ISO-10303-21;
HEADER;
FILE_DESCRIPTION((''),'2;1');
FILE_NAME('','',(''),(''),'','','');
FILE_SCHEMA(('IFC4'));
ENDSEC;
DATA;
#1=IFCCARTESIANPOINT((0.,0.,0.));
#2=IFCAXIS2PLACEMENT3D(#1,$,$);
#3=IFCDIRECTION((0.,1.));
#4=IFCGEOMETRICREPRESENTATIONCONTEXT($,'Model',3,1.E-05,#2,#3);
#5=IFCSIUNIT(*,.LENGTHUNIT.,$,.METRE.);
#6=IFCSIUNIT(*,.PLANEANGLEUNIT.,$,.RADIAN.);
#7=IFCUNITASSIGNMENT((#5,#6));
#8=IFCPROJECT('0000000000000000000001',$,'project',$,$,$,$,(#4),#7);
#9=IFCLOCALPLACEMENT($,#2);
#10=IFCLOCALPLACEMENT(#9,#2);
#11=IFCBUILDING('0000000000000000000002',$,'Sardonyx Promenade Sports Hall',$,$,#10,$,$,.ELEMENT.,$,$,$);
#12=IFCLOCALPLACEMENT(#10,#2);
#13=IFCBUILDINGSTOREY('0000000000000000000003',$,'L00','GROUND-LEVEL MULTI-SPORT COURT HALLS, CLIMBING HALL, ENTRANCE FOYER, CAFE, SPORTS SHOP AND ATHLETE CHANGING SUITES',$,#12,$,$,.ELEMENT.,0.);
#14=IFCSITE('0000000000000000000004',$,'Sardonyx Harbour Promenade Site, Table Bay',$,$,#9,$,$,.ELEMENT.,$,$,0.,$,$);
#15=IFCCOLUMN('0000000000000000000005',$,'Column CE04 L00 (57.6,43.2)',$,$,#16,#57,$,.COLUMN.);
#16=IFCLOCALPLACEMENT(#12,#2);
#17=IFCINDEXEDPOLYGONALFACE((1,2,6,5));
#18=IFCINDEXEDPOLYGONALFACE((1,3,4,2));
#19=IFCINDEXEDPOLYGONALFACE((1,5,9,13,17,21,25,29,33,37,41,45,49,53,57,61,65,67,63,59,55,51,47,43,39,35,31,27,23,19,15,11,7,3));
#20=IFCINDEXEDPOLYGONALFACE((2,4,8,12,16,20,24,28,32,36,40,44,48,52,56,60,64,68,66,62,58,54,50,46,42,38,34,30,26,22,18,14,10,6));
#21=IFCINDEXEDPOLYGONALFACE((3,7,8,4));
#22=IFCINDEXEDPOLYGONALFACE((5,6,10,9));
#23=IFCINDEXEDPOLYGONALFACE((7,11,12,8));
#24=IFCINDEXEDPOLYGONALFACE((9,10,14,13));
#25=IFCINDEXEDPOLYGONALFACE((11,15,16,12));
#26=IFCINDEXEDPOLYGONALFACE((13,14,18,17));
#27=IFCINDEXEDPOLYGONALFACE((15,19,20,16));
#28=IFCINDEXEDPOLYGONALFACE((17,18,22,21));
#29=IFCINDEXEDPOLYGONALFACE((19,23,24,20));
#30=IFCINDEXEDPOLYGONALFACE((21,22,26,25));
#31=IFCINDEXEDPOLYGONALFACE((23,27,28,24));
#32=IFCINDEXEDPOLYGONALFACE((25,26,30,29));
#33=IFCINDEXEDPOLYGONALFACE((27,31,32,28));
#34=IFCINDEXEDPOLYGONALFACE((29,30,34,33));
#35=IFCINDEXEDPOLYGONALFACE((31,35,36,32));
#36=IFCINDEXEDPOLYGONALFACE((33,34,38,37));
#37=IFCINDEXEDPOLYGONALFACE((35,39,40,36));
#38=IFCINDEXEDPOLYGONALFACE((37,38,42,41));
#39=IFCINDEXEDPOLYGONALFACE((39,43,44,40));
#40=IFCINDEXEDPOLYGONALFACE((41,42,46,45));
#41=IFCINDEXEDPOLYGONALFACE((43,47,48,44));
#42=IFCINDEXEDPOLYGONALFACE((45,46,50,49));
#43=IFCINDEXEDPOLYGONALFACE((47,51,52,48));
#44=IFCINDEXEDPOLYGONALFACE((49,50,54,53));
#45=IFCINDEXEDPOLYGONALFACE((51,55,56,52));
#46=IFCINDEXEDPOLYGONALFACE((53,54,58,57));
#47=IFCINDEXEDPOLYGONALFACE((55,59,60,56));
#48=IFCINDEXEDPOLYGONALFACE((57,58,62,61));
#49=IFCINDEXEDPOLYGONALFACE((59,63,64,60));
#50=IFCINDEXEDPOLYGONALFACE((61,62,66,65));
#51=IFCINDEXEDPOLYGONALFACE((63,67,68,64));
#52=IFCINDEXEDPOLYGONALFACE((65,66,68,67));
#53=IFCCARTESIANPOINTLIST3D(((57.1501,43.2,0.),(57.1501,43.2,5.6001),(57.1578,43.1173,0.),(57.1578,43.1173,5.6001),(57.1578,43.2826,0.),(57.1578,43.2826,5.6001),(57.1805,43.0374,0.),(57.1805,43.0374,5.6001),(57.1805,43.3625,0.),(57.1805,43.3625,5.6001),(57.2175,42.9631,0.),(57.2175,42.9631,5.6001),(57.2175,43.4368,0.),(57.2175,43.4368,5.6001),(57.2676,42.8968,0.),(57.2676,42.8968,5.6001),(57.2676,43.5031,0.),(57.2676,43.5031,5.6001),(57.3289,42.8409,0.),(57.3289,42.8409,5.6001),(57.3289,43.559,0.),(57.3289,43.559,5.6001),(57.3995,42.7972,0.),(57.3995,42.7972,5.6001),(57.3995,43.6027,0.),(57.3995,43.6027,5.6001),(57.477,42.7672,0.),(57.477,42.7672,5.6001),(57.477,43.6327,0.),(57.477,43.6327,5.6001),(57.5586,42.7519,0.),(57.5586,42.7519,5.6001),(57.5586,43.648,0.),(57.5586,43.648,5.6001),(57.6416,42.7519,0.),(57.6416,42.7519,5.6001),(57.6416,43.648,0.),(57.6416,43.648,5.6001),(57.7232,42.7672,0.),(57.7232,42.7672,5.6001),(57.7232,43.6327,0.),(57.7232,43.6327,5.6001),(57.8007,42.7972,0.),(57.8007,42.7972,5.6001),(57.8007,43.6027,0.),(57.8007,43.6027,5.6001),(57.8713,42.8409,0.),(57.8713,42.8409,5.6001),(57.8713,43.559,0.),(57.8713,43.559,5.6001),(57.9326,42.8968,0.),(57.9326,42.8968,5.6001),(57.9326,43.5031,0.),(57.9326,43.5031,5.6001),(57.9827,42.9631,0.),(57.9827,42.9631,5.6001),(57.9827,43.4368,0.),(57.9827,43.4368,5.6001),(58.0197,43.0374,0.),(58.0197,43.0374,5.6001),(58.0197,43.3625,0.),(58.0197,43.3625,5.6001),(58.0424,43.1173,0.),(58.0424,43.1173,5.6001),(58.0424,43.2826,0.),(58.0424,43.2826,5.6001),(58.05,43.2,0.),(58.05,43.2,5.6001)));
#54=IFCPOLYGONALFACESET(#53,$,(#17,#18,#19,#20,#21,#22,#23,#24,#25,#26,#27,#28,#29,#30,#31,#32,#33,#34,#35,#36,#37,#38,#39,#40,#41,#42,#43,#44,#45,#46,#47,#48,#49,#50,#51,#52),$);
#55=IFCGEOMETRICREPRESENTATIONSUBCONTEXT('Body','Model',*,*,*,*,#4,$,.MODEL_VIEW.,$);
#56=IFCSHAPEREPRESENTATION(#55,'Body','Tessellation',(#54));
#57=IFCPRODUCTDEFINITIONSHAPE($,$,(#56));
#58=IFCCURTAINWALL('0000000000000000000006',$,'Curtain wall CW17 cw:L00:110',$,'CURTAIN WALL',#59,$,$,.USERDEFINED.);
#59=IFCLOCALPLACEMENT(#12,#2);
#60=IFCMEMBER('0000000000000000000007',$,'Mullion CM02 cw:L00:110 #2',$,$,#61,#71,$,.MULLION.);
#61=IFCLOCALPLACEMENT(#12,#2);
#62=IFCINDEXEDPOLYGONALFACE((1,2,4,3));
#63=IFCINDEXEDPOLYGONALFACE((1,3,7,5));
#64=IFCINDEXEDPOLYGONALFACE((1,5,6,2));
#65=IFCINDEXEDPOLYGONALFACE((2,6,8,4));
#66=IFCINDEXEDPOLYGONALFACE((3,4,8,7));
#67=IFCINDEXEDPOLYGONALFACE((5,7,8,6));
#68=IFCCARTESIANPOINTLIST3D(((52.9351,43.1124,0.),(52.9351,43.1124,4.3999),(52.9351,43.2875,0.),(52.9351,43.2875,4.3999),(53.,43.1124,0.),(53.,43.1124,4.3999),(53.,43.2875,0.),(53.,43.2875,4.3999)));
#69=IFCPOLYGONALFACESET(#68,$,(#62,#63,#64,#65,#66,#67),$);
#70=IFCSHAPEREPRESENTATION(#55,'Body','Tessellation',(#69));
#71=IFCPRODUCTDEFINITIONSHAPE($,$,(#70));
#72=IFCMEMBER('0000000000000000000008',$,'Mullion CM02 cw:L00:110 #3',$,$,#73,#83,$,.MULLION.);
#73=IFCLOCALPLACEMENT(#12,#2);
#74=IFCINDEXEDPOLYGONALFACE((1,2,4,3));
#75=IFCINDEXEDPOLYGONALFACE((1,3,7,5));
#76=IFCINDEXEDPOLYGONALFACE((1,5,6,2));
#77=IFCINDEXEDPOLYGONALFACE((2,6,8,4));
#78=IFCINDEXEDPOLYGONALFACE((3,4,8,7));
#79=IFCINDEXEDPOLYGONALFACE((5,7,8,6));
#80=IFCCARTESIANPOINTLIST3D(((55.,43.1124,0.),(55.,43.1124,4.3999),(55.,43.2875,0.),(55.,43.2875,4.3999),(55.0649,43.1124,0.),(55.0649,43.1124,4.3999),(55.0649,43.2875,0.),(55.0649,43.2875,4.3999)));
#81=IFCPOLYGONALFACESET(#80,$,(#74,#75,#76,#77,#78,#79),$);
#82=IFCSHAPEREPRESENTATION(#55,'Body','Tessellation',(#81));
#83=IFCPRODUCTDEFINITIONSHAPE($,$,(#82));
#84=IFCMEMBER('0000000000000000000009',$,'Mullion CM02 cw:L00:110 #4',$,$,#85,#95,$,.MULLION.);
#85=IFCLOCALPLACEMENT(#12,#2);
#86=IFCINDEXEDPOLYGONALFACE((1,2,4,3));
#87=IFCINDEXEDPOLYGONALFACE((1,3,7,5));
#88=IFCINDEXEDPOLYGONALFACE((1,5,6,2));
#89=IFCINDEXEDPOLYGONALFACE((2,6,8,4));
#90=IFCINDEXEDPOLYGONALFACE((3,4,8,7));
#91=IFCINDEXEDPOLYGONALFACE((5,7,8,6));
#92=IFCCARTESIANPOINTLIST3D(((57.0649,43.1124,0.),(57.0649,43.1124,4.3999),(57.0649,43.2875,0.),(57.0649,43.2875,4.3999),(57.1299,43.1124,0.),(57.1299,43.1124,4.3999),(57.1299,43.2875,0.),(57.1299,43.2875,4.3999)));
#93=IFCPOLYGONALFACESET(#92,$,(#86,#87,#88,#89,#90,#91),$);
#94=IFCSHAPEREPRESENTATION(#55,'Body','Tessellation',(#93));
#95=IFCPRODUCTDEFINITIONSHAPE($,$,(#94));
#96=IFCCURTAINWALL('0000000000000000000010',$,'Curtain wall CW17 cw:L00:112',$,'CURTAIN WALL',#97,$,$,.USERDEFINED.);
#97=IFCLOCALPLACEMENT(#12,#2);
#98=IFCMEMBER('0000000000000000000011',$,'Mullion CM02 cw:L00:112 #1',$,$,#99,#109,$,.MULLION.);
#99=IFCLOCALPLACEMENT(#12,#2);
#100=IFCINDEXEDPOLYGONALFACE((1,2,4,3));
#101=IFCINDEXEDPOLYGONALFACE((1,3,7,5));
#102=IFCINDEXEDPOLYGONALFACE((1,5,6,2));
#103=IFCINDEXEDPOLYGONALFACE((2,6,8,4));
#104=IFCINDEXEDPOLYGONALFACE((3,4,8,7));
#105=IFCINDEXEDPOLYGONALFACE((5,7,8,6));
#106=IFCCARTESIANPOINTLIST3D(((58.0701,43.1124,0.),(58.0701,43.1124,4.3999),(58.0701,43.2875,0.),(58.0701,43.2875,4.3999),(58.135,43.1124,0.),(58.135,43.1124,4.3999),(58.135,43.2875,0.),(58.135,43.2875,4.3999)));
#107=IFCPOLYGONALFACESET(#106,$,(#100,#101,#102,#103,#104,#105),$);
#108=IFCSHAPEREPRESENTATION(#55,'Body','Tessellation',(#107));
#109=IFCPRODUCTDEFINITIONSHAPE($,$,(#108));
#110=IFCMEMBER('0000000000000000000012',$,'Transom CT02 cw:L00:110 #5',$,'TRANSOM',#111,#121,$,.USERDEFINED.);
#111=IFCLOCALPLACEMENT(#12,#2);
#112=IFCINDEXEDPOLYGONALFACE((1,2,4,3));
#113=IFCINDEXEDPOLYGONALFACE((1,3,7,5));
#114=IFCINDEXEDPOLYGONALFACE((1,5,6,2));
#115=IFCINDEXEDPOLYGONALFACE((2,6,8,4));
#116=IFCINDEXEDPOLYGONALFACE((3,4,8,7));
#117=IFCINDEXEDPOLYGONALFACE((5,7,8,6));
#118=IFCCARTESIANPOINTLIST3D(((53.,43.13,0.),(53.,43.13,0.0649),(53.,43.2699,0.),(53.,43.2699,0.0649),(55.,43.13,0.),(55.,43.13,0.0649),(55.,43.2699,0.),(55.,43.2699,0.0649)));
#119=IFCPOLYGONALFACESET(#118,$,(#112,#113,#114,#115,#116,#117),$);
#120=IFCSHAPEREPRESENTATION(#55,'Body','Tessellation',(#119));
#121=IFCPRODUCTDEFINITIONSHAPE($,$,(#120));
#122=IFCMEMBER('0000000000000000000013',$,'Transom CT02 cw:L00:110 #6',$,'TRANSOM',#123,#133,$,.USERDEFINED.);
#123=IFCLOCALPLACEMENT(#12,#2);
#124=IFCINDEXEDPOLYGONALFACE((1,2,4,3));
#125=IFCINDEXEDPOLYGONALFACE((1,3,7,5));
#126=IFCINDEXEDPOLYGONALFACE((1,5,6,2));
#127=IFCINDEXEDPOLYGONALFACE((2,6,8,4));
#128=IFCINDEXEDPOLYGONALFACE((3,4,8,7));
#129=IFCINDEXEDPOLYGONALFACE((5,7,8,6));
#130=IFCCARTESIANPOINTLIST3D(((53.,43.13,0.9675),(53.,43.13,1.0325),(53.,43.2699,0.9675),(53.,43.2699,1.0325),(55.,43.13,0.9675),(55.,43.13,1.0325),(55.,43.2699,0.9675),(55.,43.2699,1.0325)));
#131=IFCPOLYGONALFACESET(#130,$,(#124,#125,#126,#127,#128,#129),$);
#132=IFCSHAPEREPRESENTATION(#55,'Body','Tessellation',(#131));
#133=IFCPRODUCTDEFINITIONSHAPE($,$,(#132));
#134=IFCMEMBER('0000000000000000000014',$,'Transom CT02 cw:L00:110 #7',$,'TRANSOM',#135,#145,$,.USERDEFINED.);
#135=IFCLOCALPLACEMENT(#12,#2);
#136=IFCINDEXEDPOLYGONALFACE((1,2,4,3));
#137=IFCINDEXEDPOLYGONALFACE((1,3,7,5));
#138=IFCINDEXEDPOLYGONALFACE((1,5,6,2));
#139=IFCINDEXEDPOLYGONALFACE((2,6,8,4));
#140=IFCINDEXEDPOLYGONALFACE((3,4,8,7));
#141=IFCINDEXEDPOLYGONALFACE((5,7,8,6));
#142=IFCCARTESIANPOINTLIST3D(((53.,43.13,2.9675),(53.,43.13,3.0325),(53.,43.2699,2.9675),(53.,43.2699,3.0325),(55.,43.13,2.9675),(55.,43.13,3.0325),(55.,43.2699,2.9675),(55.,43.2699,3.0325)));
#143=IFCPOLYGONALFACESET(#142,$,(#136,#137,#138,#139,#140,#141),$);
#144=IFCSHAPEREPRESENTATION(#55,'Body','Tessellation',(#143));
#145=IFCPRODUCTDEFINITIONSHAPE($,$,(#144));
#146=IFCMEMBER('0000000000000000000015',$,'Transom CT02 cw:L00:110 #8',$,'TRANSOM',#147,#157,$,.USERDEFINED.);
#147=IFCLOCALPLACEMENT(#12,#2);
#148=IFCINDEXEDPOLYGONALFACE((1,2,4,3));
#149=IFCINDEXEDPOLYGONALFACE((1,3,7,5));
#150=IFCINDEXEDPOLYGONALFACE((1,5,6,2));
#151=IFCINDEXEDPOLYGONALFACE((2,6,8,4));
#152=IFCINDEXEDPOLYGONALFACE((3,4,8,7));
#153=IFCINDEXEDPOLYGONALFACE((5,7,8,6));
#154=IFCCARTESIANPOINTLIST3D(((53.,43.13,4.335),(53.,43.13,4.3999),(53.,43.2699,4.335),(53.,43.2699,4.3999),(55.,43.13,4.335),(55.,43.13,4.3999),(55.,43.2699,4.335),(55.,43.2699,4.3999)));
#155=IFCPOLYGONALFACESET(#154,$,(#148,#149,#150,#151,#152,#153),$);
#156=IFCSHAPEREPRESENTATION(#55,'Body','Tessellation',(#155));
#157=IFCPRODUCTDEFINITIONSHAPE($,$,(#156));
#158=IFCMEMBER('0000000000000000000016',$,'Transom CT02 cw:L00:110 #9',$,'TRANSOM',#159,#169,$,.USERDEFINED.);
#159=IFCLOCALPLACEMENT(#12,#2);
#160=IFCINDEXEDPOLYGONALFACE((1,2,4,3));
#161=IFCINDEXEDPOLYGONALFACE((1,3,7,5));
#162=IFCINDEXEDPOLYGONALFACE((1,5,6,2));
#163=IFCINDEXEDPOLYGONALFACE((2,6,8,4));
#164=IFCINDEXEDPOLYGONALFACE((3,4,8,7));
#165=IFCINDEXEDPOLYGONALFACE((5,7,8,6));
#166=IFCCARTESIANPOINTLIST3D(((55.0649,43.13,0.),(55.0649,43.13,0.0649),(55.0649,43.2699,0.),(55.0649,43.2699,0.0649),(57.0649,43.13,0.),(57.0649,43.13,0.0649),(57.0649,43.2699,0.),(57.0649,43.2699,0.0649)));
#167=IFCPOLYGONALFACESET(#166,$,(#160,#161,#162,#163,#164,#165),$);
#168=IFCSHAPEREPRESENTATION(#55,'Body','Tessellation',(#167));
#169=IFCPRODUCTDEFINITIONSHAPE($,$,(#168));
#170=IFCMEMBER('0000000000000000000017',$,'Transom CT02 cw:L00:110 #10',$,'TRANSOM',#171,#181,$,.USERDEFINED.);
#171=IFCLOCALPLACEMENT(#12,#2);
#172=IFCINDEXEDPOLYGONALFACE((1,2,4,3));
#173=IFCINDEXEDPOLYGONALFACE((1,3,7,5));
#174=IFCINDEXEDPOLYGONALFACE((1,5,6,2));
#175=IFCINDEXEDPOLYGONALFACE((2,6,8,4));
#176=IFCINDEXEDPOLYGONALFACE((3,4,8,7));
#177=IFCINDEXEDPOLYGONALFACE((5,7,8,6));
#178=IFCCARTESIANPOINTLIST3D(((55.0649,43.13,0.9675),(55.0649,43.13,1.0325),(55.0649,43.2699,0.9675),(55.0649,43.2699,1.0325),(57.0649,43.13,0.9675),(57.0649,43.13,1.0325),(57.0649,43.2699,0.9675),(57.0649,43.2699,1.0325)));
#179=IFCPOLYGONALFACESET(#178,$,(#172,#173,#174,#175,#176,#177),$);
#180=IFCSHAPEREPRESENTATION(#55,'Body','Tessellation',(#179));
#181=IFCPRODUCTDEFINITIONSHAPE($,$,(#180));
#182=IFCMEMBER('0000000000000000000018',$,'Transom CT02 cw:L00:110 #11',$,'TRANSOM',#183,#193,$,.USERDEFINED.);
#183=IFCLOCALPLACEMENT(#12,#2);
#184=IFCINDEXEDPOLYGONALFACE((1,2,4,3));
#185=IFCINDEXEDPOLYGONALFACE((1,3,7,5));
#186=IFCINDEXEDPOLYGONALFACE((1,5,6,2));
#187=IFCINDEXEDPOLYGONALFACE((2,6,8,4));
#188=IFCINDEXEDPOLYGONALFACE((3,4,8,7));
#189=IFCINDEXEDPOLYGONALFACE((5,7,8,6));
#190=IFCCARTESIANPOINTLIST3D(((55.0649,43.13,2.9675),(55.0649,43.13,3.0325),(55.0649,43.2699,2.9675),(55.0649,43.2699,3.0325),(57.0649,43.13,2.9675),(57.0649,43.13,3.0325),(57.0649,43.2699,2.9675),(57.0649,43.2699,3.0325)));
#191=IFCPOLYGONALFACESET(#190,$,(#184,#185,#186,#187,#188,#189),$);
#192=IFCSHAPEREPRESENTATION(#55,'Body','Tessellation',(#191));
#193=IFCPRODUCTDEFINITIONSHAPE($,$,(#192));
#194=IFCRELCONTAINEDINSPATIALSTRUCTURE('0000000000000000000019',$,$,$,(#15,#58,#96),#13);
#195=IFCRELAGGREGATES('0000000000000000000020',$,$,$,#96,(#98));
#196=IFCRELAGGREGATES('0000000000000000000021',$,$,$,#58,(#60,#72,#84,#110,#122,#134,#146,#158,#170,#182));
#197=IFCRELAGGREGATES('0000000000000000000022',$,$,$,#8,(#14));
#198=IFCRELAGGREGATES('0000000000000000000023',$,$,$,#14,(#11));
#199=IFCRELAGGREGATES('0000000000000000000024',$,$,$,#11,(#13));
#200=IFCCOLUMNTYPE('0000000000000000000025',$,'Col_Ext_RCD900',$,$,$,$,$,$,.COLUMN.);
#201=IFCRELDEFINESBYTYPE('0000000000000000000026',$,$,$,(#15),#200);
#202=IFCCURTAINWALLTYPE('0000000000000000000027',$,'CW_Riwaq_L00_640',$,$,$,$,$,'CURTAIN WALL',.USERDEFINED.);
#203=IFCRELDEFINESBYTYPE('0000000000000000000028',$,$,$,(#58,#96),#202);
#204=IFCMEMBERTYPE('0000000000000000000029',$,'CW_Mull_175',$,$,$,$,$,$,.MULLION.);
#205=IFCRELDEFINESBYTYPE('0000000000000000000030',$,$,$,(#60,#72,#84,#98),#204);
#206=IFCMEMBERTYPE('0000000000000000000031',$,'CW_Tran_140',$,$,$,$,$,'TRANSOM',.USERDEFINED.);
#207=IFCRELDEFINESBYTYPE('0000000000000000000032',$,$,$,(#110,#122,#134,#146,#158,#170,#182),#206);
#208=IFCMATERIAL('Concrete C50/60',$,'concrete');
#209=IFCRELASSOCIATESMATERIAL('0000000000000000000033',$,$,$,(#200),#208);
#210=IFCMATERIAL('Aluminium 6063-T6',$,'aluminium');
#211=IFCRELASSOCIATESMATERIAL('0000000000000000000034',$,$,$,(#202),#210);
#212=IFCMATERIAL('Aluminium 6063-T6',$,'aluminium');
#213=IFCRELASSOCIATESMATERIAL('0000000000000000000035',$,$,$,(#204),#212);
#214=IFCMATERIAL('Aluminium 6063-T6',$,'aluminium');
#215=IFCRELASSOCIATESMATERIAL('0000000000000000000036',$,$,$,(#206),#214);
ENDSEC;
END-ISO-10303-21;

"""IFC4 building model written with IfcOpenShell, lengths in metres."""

from ifc_helpers import new_model, si_unit, direction, frame, origin, origin_2d, place, context, subcontext, project, spatial, rectangle, circle, extrude, material, material_profile, profile_set, type_object, element, aggregate, save


model = new_model("IFC4")

# Units and contexts
model_context = context("Model", 3, precision=1e-05, world=origin(), true_north=direction((0.0, 1.0)))
body_context = subcontext(model_context, "Body", "Model", "MODEL_VIEW")
ifc_project = project(units=[si_unit("LENGTHUNIT", "METRE"), si_unit("PLANEANGLEUNIT", "RADIAN")], contexts=[model_context])

# Site, building, storey
site_placement = place(None, origin())
site = spatial("IfcSite", under=ifc_project, at=site_placement, Name="Sardonyx Harbour Promenade Site, Table Bay", CompositionType="ELEMENT", RefElevation=0.0)
building_placement = place(site_placement, origin())
building = spatial("IfcBuilding", under=site, at=building_placement, Name="Sardonyx Promenade Sports Hall", CompositionType="ELEMENT")
storey_placement = place(building_placement, origin())
storey = spatial("IfcBuildingStorey", under=building, at=storey_placement, Name="L00", Description="GROUND-LEVEL MULTI-SPORT COURT HALLS, CLIMBING HALL, ENTRANCE FOYER, CAFE, SPORTS SHOP AND ATHLETE CHANGING SUITES", CompositionType="ELEMENT", Elevation=0.0)

# Column
ifc_material_1 = material(Name="Concrete C50/60", Category="concrete")
ifc_material_profile_1 = material_profile(ifc_material_1, circle(Radius=0.45, at=origin_2d()))
ifc_profile_set_1 = profile_set([ifc_material_profile_1], Name="Concrete C50/60")
column_type = type_object("IfcColumnType", Name="Col_Ext_RCD900", PredefinedType="COLUMN", material=ifc_profile_set_1)
column_placement = place(storey_placement, frame((57.6001, 43.2, 0.0), z_axis=(0.0, 0.0, 1.0), x_axis=(1.0, 0.0, 0.0)))
element("IfcColumn", 1, at=column_placement, inside=storey, type_object=column_type, Name="Column CE04 L00 (57.6,43.2)", PredefinedType="COLUMN", context=body_context, shape_type="SweptSolid", body=[
    extrude(circle(Radius=0.45, at=origin_2d()), origin(), (0.0, 0.0, 1.0), 5.6001),
])

# Curtain wall, members
ifc_material_2 = material(Name="Aluminium 6063-T6", Category="aluminium")
curtain_wall_type = type_object("IfcCurtainWallType", Name="CW_Riwaq_L00_640", ElementType="CURTAIN WALL", PredefinedType="USERDEFINED", material=ifc_material_2)
curtain_wall_1_placement = place(storey_placement, origin())
curtain_wall_1 = element("IfcCurtainWall", 2, at=curtain_wall_1_placement, inside=storey, type_object=curtain_wall_type, Name="Curtain wall CW17 cw:L00:110", ObjectType="CURTAIN WALL", PredefinedType="USERDEFINED")
ifc_material_3 = material(Name="Aluminium 6063-T6", Category="aluminium")
ifc_material_profile_2 = material_profile(ifc_material_3, rectangle(XDim=0.0649, YDim=0.175, at=origin_2d()))
ifc_profile_set_2 = profile_set([ifc_material_profile_2], Name="Aluminium 6063-T6")
member_type_1 = type_object("IfcMemberType", Name="CW_Mull_175", PredefinedType="MULLION", material=ifc_profile_set_2)
member_1_placement = place(storey_placement, frame((52.9675, 43.2, 0.0), z_axis=(0.0, 0.0, 1.0), x_axis=(1.0, 0.0, 0.0)))
member_1 = element("IfcMember", 3, at=member_1_placement, type_object=member_type_1, Name="Mullion CM02 cw:L00:110 #2", PredefinedType="MULLION", context=body_context, shape_type="SweptSolid", body=[
    extrude(rectangle(XDim=0.0649, YDim=0.175, at=origin_2d()), origin(), (0.0, 0.0, 1.0), 4.3999),
])
member_2_placement = place(storey_placement, frame((55.0325, 43.2, 0.0), z_axis=(0.0, 0.0, 1.0), x_axis=(1.0, 0.0, 0.0)))
member_2 = element("IfcMember", 4, at=member_2_placement, type_object=member_type_1, Name="Mullion CM02 cw:L00:110 #3", PredefinedType="MULLION", context=body_context, shape_type="SweptSolid", body=[
    extrude(rectangle(XDim=0.0649, YDim=0.175, at=origin_2d()), origin(), (0.0, 0.0, 1.0), 4.3999),
])
member_3_placement = place(storey_placement, frame((57.0974, 43.2, 0.0), z_axis=(0.0, 0.0, 1.0), x_axis=(1.0, 0.0, 0.0)))
member_3 = element("IfcMember", 5, at=member_3_placement, type_object=member_type_1, Name="Mullion CM02 cw:L00:110 #4", PredefinedType="MULLION", context=body_context, shape_type="SweptSolid", body=[
    extrude(rectangle(XDim=0.0649, YDim=0.175, at=origin_2d()), origin(), (0.0, 0.0, 1.0), 4.3999),
])

# Curtain wall, member
curtain_wall_2_placement = place(storey_placement, origin())
curtain_wall_2 = element("IfcCurtainWall", 6, at=curtain_wall_2_placement, inside=storey, type_object=curtain_wall_type, Name="Curtain wall CW17 cw:L00:112", ObjectType="CURTAIN WALL", PredefinedType="USERDEFINED")
member_4_placement = place(storey_placement, frame((58.1025, 43.2, 0.0), z_axis=(0.0, 0.0, 1.0), x_axis=(1.0, 0.0, 0.0)))
member_4 = element("IfcMember", 7, at=member_4_placement, type_object=member_type_1, Name="Mullion CM02 cw:L00:112 #1", PredefinedType="MULLION", context=body_context, shape_type="SweptSolid", body=[
    extrude(rectangle(XDim=0.0649, YDim=0.175, at=origin_2d()), origin(), (0.0, 0.0, 1.0), 4.3999),
])

# Members
ifc_material_4 = material(Name="Aluminium 6063-T6", Category="aluminium")
ifc_material_profile_3 = material_profile(ifc_material_4, rectangle(XDim=0.0649, YDim=0.1399, at=origin_2d()))
ifc_profile_set_3 = profile_set([ifc_material_profile_3], Name="Aluminium 6063-T6")
member_type_2 = type_object("IfcMemberType", Name="CW_Tran_140", ElementType="TRANSOM", PredefinedType="USERDEFINED", material=ifc_profile_set_3)
member_5_placement = place(storey_placement, frame((53.0, 43.2, 0.0325), z_axis=(1.0, 0.0, 0.0), x_axis=(0.0, 0.0, 1.0)))
member_5 = element("IfcMember", 8, at=member_5_placement, type_object=member_type_2, Name="Transom CT02 cw:L00:110 #5", ObjectType="TRANSOM", PredefinedType="USERDEFINED", context=body_context, shape_type="SweptSolid", body=[
    extrude(rectangle(XDim=0.0649, YDim=0.1399, at=origin_2d()), origin(), (0.0, 0.0, 1.0), 2.0),
])
member_6_placement = place(storey_placement, frame((53.0, 43.2, 1.0), z_axis=(1.0, 0.0, 0.0), x_axis=(0.0, 0.0, 1.0)))
member_6 = element("IfcMember", 9, at=member_6_placement, type_object=member_type_2, Name="Transom CT02 cw:L00:110 #6", ObjectType="TRANSOM", PredefinedType="USERDEFINED", context=body_context, shape_type="SweptSolid", body=[
    extrude(rectangle(XDim=0.0649, YDim=0.1399, at=origin_2d()), origin(), (0.0, 0.0, 1.0), 2.0),
])
member_7_placement = place(storey_placement, frame((53.0, 43.2, 3.0), z_axis=(1.0, 0.0, 0.0), x_axis=(0.0, 0.0, 1.0)))
member_7 = element("IfcMember", 10, at=member_7_placement, type_object=member_type_2, Name="Transom CT02 cw:L00:110 #7", ObjectType="TRANSOM", PredefinedType="USERDEFINED", context=body_context, shape_type="SweptSolid", body=[
    extrude(rectangle(XDim=0.0649, YDim=0.1399, at=origin_2d()), origin(), (0.0, 0.0, 1.0), 2.0),
])
member_8_placement = place(storey_placement, frame((53.0, 43.2, 4.3674), z_axis=(1.0, 0.0, 0.0), x_axis=(0.0, 0.0, 1.0)))
member_8 = element("IfcMember", 11, at=member_8_placement, type_object=member_type_2, Name="Transom CT02 cw:L00:110 #8", ObjectType="TRANSOM", PredefinedType="USERDEFINED", context=body_context, shape_type="SweptSolid", body=[
    extrude(rectangle(XDim=0.0649, YDim=0.1399, at=origin_2d()), origin(), (0.0, 0.0, 1.0), 2.0),
])
member_9_placement = place(storey_placement, frame((55.0649, 43.2, 0.0325), z_axis=(1.0, 0.0, 0.0), x_axis=(0.0, 0.0, 1.0)))
member_9 = element("IfcMember", 12, at=member_9_placement, type_object=member_type_2, Name="Transom CT02 cw:L00:110 #9", ObjectType="TRANSOM", PredefinedType="USERDEFINED", context=body_context, shape_type="SweptSolid", body=[
    extrude(rectangle(XDim=0.0649, YDim=0.1399, at=origin_2d()), origin(), (0.0, 0.0, 1.0), 2.0),
])
member_10_placement = place(storey_placement, frame((55.0649, 43.2, 1.0), z_axis=(1.0, 0.0, 0.0), x_axis=(0.0, 0.0, 1.0)))
member_10 = element("IfcMember", 13, at=member_10_placement, type_object=member_type_2, Name="Transom CT02 cw:L00:110 #10", ObjectType="TRANSOM", PredefinedType="USERDEFINED", context=body_context, shape_type="SweptSolid", body=[
    extrude(rectangle(XDim=0.0649, YDim=0.1399, at=origin_2d()), origin(), (0.0, 0.0, 1.0), 2.0),
])
member_11_placement = place(storey_placement, frame((55.0649, 43.2, 3.0), z_axis=(1.0, 0.0, 0.0), x_axis=(0.0, 0.0, 1.0)))
member_11 = element("IfcMember", 14, at=member_11_placement, type_object=member_type_2, Name="Transom CT02 cw:L00:110 #11", ObjectType="TRANSOM", PredefinedType="USERDEFINED", context=body_context, shape_type="SweptSolid", body=[
    extrude(rectangle(XDim=0.0649, YDim=0.1399, at=origin_2d()), origin(), (0.0, 0.0, 1.0), 2.0),
])
aggregate(curtain_wall_2, [member_4])

aggregate(curtain_wall_1, [member_1, member_2, member_3, member_5, member_6, member_7, member_8, member_9, member_10, member_11])

save(model, "model.ifc")
